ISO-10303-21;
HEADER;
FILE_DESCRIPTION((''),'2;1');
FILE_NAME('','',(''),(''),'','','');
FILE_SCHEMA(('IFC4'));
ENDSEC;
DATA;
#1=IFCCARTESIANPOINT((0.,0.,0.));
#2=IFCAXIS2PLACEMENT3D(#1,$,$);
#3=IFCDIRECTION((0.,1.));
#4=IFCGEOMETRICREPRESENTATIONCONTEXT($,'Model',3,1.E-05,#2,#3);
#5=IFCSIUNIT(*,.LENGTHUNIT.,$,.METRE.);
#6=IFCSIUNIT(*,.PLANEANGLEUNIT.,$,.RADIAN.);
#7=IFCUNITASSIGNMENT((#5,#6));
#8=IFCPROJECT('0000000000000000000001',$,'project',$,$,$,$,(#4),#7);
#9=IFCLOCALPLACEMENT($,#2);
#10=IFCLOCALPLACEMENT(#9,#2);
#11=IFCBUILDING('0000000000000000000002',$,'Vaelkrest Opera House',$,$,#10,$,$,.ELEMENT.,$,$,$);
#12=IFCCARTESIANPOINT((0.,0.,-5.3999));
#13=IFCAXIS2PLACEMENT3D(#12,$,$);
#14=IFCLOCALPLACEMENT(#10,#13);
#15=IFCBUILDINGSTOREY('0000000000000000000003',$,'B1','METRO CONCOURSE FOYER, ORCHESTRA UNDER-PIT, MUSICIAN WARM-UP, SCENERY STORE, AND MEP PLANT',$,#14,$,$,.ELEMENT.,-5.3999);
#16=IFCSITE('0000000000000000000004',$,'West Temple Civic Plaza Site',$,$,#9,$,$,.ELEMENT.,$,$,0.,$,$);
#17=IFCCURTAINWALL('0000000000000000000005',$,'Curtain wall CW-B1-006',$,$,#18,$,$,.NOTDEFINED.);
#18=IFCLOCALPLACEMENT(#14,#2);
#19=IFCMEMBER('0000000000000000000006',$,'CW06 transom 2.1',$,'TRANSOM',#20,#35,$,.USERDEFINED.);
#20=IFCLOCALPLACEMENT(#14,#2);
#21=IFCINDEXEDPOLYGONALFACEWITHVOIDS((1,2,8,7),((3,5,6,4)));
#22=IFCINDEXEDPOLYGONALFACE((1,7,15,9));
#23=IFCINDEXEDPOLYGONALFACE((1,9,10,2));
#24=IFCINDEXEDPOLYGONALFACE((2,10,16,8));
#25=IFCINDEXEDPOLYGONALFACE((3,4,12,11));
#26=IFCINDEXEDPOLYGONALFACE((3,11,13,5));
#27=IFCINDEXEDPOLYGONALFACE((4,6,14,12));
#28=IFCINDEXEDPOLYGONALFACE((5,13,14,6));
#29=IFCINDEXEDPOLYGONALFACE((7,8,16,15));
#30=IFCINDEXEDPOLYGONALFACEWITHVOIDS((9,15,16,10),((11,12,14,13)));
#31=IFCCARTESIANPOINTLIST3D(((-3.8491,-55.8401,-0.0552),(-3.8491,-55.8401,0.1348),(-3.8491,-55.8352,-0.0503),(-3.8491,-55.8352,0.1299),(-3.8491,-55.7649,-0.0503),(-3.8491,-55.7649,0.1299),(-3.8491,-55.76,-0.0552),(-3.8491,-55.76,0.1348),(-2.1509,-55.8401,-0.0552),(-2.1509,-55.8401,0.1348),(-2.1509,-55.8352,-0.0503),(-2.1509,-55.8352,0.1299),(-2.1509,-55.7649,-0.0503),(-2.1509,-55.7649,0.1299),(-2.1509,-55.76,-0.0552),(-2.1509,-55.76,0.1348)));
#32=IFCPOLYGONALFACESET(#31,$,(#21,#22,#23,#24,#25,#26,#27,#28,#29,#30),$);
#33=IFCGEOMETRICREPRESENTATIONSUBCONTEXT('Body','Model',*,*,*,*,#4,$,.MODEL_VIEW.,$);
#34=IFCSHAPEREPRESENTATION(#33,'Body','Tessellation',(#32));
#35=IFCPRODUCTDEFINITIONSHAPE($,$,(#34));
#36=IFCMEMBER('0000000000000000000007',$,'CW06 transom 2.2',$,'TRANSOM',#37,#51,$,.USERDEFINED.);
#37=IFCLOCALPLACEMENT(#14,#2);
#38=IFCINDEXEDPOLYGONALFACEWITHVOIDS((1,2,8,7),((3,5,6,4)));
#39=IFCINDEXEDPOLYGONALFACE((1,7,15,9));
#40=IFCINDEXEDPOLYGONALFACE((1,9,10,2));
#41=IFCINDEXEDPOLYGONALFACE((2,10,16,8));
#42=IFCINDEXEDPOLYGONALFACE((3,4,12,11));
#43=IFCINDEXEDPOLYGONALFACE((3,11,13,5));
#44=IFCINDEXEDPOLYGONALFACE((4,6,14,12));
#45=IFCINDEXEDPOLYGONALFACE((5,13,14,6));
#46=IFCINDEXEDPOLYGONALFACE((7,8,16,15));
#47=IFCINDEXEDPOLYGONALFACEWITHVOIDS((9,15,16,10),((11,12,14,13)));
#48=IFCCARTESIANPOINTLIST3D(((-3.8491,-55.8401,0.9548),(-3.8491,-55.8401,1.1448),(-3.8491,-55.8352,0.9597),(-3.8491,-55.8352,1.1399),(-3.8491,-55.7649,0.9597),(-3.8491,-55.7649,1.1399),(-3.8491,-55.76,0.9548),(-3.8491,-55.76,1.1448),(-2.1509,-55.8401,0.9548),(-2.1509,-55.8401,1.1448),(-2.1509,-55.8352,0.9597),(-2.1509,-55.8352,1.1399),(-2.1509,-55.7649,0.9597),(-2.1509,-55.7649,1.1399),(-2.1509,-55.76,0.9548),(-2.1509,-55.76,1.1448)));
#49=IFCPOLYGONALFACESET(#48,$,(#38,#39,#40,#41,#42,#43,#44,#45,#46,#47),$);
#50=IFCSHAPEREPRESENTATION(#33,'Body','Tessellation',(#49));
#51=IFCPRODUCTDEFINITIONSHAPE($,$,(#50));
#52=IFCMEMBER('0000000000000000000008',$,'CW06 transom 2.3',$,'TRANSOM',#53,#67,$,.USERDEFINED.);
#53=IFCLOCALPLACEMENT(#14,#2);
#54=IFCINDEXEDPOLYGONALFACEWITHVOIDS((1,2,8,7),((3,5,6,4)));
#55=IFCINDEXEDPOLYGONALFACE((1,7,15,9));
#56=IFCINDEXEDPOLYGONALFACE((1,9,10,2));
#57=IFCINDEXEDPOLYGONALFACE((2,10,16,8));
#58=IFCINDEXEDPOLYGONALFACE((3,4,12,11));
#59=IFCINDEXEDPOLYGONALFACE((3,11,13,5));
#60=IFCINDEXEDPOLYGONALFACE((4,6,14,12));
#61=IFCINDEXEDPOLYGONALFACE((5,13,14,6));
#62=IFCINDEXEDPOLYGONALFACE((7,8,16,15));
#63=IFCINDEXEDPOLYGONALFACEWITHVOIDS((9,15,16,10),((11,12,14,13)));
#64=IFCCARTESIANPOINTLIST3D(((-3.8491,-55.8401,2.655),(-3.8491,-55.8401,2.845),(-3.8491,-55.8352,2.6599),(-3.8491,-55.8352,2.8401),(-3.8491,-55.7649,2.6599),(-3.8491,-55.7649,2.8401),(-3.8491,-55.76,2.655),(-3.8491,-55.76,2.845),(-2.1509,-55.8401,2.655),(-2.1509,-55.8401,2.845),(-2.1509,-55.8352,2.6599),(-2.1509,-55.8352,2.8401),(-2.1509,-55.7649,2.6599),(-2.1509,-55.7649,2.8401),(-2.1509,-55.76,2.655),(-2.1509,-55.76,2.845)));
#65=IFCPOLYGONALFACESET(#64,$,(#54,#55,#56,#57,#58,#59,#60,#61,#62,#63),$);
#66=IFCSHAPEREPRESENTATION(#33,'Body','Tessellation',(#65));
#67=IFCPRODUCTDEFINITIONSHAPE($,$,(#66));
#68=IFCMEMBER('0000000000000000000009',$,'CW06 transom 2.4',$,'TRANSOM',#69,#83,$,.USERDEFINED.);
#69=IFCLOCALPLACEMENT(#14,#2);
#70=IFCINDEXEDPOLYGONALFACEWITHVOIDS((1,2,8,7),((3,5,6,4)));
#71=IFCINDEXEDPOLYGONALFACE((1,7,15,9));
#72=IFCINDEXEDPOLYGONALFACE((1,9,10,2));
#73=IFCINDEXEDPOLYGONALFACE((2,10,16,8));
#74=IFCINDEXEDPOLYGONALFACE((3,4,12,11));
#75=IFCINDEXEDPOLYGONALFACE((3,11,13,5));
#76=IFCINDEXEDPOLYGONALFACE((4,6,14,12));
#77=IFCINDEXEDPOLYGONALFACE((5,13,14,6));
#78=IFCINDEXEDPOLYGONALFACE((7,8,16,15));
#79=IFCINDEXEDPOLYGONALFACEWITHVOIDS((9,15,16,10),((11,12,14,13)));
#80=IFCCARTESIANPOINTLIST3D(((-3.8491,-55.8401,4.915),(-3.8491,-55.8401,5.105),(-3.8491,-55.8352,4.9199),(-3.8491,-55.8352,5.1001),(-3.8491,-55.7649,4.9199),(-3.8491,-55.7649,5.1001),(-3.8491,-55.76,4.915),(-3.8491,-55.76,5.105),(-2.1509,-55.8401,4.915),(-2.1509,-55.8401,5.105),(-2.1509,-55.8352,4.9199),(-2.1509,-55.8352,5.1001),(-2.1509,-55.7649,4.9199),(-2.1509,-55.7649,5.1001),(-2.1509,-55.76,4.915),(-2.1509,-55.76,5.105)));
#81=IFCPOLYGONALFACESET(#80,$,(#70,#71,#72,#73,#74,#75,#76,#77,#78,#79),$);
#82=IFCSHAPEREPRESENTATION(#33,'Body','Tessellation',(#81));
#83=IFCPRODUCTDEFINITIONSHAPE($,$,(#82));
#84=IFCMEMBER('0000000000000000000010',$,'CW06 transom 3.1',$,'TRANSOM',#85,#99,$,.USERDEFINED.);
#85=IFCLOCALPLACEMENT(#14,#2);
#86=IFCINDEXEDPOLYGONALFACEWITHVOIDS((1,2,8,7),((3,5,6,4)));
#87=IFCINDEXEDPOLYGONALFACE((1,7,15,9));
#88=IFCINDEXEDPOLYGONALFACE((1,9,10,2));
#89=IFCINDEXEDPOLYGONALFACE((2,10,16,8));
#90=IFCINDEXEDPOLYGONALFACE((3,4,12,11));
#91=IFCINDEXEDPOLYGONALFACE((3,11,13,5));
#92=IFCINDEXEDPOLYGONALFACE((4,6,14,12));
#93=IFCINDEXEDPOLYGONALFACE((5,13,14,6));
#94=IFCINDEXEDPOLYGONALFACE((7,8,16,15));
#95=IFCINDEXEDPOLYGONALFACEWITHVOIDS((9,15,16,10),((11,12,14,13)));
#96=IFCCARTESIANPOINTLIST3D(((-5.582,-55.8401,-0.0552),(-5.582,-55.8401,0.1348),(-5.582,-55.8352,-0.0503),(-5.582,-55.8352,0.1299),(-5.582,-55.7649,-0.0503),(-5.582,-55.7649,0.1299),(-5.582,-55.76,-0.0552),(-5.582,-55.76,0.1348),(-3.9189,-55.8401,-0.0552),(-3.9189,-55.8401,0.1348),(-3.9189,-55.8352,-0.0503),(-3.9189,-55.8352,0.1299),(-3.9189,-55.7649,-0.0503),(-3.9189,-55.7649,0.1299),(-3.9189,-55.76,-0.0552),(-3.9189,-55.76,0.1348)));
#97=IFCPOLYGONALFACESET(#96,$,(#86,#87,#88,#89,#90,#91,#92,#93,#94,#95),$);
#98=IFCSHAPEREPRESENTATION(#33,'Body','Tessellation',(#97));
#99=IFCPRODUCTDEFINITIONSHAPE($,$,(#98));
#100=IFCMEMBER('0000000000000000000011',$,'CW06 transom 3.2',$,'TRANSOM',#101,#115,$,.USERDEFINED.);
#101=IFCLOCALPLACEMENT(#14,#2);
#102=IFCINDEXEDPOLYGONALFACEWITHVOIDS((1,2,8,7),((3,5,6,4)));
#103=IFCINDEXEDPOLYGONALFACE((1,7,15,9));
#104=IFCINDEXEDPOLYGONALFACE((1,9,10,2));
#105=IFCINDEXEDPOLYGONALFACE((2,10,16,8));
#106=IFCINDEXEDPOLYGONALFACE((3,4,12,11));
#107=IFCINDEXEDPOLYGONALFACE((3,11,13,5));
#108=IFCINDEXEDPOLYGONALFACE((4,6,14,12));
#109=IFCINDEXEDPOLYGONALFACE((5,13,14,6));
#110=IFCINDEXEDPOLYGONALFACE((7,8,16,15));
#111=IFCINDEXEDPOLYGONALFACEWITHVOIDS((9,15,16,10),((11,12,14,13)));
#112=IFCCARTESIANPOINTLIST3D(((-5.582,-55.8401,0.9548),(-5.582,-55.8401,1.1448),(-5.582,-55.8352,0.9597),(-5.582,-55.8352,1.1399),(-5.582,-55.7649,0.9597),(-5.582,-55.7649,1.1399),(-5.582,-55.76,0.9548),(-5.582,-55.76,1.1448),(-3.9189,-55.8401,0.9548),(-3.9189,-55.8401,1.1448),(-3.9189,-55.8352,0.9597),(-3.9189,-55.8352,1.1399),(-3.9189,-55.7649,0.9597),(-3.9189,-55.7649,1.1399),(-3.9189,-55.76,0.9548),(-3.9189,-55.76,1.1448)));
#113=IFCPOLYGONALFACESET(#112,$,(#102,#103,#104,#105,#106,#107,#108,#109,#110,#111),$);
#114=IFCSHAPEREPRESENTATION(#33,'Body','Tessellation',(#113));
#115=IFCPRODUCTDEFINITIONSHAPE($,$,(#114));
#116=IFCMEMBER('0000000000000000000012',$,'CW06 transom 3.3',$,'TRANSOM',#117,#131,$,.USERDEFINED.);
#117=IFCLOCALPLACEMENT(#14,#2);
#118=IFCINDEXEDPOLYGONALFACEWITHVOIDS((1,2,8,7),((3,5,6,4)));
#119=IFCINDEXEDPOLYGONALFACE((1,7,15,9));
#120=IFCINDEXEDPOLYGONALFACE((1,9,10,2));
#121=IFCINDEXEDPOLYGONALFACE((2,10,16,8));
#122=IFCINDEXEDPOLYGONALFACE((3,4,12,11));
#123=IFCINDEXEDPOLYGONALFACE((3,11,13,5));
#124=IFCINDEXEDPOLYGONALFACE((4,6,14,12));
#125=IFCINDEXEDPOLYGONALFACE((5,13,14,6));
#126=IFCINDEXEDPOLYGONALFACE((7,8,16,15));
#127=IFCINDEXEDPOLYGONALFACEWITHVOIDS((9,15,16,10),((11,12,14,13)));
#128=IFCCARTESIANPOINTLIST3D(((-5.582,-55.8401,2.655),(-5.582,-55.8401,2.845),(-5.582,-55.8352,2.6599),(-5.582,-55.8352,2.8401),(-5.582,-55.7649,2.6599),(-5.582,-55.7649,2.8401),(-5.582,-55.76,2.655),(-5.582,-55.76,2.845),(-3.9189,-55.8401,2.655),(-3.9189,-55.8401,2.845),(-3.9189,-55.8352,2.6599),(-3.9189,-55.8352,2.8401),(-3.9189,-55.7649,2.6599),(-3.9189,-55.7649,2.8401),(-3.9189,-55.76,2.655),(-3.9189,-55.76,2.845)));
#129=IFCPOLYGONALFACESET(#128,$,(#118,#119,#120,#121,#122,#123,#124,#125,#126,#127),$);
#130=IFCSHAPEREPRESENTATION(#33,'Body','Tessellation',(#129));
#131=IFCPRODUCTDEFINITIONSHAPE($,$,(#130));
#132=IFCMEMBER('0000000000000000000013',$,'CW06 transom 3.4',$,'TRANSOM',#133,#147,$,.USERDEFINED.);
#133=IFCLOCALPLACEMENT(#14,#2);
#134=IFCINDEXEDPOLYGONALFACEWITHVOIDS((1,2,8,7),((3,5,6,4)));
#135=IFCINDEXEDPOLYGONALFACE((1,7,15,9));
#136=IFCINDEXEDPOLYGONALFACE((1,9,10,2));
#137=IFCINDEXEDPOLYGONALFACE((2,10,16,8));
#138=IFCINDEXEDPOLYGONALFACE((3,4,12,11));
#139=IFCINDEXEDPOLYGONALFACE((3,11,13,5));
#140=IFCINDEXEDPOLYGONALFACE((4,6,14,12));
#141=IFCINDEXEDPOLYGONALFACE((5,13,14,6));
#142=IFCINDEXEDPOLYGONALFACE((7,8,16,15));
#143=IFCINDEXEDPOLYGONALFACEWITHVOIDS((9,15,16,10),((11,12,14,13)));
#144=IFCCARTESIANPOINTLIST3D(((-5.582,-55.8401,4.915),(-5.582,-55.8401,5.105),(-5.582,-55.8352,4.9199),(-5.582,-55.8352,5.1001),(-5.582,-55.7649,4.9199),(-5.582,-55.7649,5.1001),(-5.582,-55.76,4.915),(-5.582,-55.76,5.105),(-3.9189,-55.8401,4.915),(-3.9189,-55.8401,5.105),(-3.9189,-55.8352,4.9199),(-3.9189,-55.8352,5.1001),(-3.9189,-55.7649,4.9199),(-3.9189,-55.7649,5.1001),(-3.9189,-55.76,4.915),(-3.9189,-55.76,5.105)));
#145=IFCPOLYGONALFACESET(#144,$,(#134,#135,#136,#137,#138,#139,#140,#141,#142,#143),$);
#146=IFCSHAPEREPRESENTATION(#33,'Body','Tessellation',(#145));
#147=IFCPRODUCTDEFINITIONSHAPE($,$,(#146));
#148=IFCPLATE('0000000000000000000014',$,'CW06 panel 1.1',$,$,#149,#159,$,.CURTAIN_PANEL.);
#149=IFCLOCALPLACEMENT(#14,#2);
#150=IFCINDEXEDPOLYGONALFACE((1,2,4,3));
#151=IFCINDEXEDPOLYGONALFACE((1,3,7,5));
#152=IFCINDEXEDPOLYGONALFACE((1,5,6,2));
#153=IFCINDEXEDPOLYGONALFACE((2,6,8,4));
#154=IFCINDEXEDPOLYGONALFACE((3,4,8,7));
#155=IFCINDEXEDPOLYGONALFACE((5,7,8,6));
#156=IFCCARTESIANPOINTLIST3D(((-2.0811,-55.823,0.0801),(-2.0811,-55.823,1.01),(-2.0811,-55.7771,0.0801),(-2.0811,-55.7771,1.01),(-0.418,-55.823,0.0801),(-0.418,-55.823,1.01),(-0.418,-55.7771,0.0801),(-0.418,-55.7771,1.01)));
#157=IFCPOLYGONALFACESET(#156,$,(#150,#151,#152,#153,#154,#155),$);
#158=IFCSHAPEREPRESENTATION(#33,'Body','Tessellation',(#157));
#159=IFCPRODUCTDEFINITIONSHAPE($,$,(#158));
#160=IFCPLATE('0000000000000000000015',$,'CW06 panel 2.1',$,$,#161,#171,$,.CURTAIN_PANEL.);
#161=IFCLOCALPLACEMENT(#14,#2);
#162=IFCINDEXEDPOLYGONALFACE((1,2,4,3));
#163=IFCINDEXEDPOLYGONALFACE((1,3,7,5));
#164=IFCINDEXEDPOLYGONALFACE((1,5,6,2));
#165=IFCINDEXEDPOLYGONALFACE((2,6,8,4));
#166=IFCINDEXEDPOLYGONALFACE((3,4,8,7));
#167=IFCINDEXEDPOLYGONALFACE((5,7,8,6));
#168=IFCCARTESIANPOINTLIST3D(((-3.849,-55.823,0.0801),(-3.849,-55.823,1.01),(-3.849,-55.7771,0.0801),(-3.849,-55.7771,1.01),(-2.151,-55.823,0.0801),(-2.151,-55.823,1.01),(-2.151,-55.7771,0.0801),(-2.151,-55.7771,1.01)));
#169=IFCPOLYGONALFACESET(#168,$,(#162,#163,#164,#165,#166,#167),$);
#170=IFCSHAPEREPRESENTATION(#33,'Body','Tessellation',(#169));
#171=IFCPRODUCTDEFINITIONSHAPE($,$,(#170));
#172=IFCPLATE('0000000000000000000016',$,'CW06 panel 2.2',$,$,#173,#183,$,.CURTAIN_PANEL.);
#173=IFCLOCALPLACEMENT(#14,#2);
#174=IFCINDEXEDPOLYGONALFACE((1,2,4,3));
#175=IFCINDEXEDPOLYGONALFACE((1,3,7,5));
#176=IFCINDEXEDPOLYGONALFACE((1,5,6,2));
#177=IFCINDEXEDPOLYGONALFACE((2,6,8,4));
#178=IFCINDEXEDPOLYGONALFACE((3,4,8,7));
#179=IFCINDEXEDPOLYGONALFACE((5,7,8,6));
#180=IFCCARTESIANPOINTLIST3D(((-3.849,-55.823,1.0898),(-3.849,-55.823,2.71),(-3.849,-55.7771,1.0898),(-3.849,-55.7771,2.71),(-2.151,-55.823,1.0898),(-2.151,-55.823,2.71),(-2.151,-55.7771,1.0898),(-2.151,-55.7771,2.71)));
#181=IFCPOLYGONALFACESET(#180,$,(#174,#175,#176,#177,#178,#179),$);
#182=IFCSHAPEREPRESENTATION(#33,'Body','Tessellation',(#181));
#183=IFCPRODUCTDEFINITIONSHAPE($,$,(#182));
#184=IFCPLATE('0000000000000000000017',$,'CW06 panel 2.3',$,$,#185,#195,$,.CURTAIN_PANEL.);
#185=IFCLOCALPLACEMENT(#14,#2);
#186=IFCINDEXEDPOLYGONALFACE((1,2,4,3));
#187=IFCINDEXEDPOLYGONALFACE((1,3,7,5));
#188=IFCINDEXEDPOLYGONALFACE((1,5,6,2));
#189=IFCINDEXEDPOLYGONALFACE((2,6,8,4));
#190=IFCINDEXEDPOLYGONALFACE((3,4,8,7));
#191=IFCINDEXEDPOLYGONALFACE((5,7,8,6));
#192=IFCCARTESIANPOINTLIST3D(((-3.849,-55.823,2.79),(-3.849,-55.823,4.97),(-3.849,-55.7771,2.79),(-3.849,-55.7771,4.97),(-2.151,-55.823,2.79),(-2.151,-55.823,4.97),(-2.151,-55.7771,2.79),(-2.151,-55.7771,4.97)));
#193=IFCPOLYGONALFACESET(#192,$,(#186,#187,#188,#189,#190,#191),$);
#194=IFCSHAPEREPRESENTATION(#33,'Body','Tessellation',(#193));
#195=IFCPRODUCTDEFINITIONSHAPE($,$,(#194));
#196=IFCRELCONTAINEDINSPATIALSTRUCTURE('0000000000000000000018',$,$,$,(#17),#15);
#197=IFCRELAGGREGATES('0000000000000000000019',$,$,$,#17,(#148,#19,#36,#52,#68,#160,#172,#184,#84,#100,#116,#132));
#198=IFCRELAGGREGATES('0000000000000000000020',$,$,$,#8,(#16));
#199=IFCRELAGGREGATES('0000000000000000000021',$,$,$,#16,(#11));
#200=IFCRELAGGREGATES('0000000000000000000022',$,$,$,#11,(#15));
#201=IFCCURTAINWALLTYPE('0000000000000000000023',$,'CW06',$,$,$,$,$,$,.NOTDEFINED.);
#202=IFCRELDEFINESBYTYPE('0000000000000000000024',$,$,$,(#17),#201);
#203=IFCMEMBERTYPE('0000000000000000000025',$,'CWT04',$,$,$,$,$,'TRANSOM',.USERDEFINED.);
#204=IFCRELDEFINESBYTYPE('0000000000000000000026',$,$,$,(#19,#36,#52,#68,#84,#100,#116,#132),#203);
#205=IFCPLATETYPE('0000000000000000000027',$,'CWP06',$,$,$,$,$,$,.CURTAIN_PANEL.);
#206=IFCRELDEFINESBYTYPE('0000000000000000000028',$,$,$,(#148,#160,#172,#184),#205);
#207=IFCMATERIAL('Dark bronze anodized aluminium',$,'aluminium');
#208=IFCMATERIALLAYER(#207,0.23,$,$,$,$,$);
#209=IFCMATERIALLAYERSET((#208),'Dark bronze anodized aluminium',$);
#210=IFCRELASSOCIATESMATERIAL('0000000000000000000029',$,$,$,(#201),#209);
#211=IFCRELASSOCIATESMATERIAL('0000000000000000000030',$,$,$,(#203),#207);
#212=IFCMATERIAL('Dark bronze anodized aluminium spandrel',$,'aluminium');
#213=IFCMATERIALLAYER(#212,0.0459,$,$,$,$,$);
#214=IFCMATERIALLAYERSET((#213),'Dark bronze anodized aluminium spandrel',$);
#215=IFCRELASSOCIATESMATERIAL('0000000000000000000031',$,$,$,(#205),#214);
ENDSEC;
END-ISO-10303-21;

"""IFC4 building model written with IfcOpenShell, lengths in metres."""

from ifc_helpers import new_model, si_unit, direction, frame, origin, origin_2d, place, context, subcontext, project, spatial, rectangle, hollow_rectangle, extrude, material, layer, layer_set, material_profile, profile_set, type_object, element, aggregate, save


model = new_model("IFC4")

# Units and contexts
model_context = context("Model", 3, precision=1e-05, world=origin(), true_north=direction((0.0, 1.0)))
body_context = subcontext(model_context, "Body", "Model", "MODEL_VIEW")
ifc_project = project(units=[si_unit("LENGTHUNIT", "METRE"), si_unit("PLANEANGLEUNIT", "RADIAN")], contexts=[model_context])

# Site, building, storey
site_placement = place(None, origin())
site = spatial("IfcSite", under=ifc_project, at=site_placement, Name="West Temple Civic Plaza Site", CompositionType="ELEMENT", RefElevation=0.0)
building_placement = place(site_placement, origin())
building = spatial("IfcBuilding", under=site, at=building_placement, Name="Vaelkrest Opera House", CompositionType="ELEMENT")
storey_placement = place(building_placement, frame((0.0, 0.0, -5.3999)))
storey = spatial("IfcBuildingStorey", under=building, at=storey_placement, Name="B1", Description="METRO CONCOURSE FOYER, ORCHESTRA UNDER-PIT, MUSICIAN WARM-UP, SCENERY STORE, AND MEP PLANT", CompositionType="ELEMENT", Elevation=-5.3999)

# Curtain wall, members, plates
ifc_material_1 = material(Name="Dark bronze anodized aluminium", Category="aluminium")
ifc_layer_1 = layer(ifc_material_1, 0.23)
ifc_layer_set_1 = layer_set([ifc_layer_1], Name="Dark bronze anodized aluminium")
curtain_wall_type = type_object("IfcCurtainWallType", Name="CW06", PredefinedType="NOTDEFINED", material=ifc_layer_set_1)
curtain_wall_placement = place(storey_placement, origin())
curtain_wall = element("IfcCurtainWall", 1, at=curtain_wall_placement, inside=storey, type_object=curtain_wall_type, Name="Curtain wall CW-B1-006", PredefinedType="NOTDEFINED")
ifc_material_profile_1 = material_profile(ifc_material_1, hollow_rectangle(XDim=0.0801, YDim=0.1899, WallThickness=0.0049, at=origin_2d()), Name="CWT80X190")
ifc_profile_set_1 = profile_set([ifc_material_profile_1], Name="Dark bronze anodized aluminium")
member_type_1 = type_object("IfcMemberType", Name="CWT04", ElementType="TRANSOM", PredefinedType="USERDEFINED", material=ifc_profile_set_1)
member_1_placement = place(storey_placement, frame((-2.1509, -55.8, 0.0398), z_axis=(-1.0, 0.0, 0.0), x_axis=(0.0, -1.0, 0.0)))
member_1 = element("IfcMember", 2, at=member_1_placement, type_object=member_type_1, Name="CW06 transom 2.1", ObjectType="TRANSOM", PredefinedType="USERDEFINED", context=body_context, shape_type="SweptSolid", body=[
    extrude(hollow_rectangle(XDim=0.0801, YDim=0.1899, WallThickness=0.0049, at=origin_2d()), origin(), (0.0, 0.0, 1.0), 1.6982),
])
member_2_placement = place(storey_placement, frame((-2.1509, -55.8, 1.0498), z_axis=(-1.0, 0.0, 0.0), x_axis=(0.0, -1.0, 0.0)))
member_2 = element("IfcMember", 3, at=member_2_placement, type_object=member_type_1, Name="CW06 transom 2.2", ObjectType="TRANSOM", PredefinedType="USERDEFINED", context=body_context, shape_type="SweptSolid", body=[
    extrude(hollow_rectangle(XDim=0.0801, YDim=0.1899, WallThickness=0.0049, at=origin_2d()), origin(), (0.0, 0.0, 1.0), 1.6982),
])
member_3_placement = place(storey_placement, frame((-2.1509, -55.8, 2.75), z_axis=(-1.0, 0.0, 0.0), x_axis=(0.0, -1.0, 0.0)))
member_3 = element("IfcMember", 4, at=member_3_placement, type_object=member_type_1, Name="CW06 transom 2.3", ObjectType="TRANSOM", PredefinedType="USERDEFINED", context=body_context, shape_type="SweptSolid", body=[
    extrude(hollow_rectangle(XDim=0.0801, YDim=0.1899, WallThickness=0.0049, at=origin_2d()), origin(), (0.0, 0.0, 1.0), 1.6982),
])
member_4_placement = place(storey_placement, frame((-2.1509, -55.8, 5.01), z_axis=(-1.0, 0.0, 0.0), x_axis=(0.0, -1.0, 0.0)))
member_4 = element("IfcMember", 5, at=member_4_placement, type_object=member_type_1, Name="CW06 transom 2.4", ObjectType="TRANSOM", PredefinedType="USERDEFINED", context=body_context, shape_type="SweptSolid", body=[
    extrude(hollow_rectangle(XDim=0.0801, YDim=0.1899, WallThickness=0.0049, at=origin_2d()), origin(), (0.0, 0.0, 1.0), 1.6982),
])
member_5_placement = place(storey_placement, frame((-3.9189, -55.8, 0.0398), z_axis=(-1.0, 0.0, 0.0), x_axis=(0.0, -1.0, 0.0)))
member_5 = element("IfcMember", 6, at=member_5_placement, type_object=member_type_1, Name="CW06 transom 3.1", ObjectType="TRANSOM", PredefinedType="USERDEFINED", context=body_context, shape_type="SweptSolid", body=[
    extrude(hollow_rectangle(XDim=0.0801, YDim=0.1899, WallThickness=0.0049, at=origin_2d()), origin(), (0.0, 0.0, 1.0), 1.6631),
])
member_6_placement = place(storey_placement, frame((-3.9189, -55.8, 1.0498), z_axis=(-1.0, 0.0, 0.0), x_axis=(0.0, -1.0, 0.0)))
member_6 = element("IfcMember", 7, at=member_6_placement, type_object=member_type_1, Name="CW06 transom 3.2", ObjectType="TRANSOM", PredefinedType="USERDEFINED", context=body_context, shape_type="SweptSolid", body=[
    extrude(hollow_rectangle(XDim=0.0801, YDim=0.1899, WallThickness=0.0049, at=origin_2d()), origin(), (0.0, 0.0, 1.0), 1.6631),
])
member_7_placement = place(storey_placement, frame((-3.9189, -55.8, 2.75), z_axis=(-1.0, 0.0, 0.0), x_axis=(0.0, -1.0, 0.0)))
member_7 = element("IfcMember", 8, at=member_7_placement, type_object=member_type_1, Name="CW06 transom 3.3", ObjectType="TRANSOM", PredefinedType="USERDEFINED", context=body_context, shape_type="SweptSolid", body=[
    extrude(hollow_rectangle(XDim=0.0801, YDim=0.1899, WallThickness=0.0049, at=origin_2d()), origin(), (0.0, 0.0, 1.0), 1.6631),
])
member_8_placement = place(storey_placement, frame((-3.9189, -55.8, 5.01), z_axis=(-1.0, 0.0, 0.0), x_axis=(0.0, -1.0, 0.0)))
member_8 = element("IfcMember", 9, at=member_8_placement, type_object=member_type_1, Name="CW06 transom 3.4", ObjectType="TRANSOM", PredefinedType="USERDEFINED", context=body_context, shape_type="SweptSolid", body=[
    extrude(hollow_rectangle(XDim=0.0801, YDim=0.1899, WallThickness=0.0049, at=origin_2d()), origin(), (0.0, 0.0, 1.0), 1.6631),
])
ifc_material_2 = material(Name="Dark bronze anodized aluminium spandrel", Category="aluminium")
ifc_layer_2 = layer(ifc_material_2, 0.0459)
ifc_layer_set_2 = layer_set([ifc_layer_2], Name="Dark bronze anodized aluminium spandrel")
plate_type = type_object("IfcPlateType", Name="CWP06", PredefinedType="CURTAIN_PANEL", material=ifc_layer_set_2)
plate_1_placement = place(storey_placement, frame((-1.2495, -55.8, 0.0801), z_axis=(0.0, 0.0, 1.0), x_axis=(-1.0, 0.0, 0.0)))
plate_1 = element("IfcPlate", 10, at=plate_1_placement, type_object=plate_type, Name="CW06 panel 1.1", PredefinedType="CURTAIN_PANEL", context=body_context, shape_type="SweptSolid", body=[
    extrude(rectangle(XDim=1.6631, YDim=0.0459, at=origin_2d()), origin(), (0.0, 0.0, 1.0), 0.9299),
])
plate_2_placement = place(storey_placement, frame((-3.0, -55.8, 0.0801), z_axis=(0.0, 0.0, 1.0), x_axis=(-1.0, 0.0, 0.0)))
plate_2 = element("IfcPlate", 11, at=plate_2_placement, type_object=plate_type, Name="CW06 panel 2.1", PredefinedType="CURTAIN_PANEL", context=body_context, shape_type="SweptSolid", body=[
    extrude(rectangle(XDim=1.698, YDim=0.0459, at=origin_2d()), origin(), (0.0, 0.0, 1.0), 0.9299),
])
plate_3_placement = place(storey_placement, frame((-3.0, -55.8, 1.0898), z_axis=(0.0, 0.0, 1.0), x_axis=(-1.0, 0.0, 0.0)))
plate_3 = element("IfcPlate", 12, at=plate_3_placement, type_object=plate_type, Name="CW06 panel 2.2", PredefinedType="CURTAIN_PANEL", context=body_context, shape_type="SweptSolid", body=[
    extrude(rectangle(XDim=1.698, YDim=0.0459, at=origin_2d()), origin(), (0.0, 0.0, 1.0), 1.6201),
])
plate_4_placement = place(storey_placement, frame((-3.0, -55.8, 2.79), z_axis=(0.0, 0.0, 1.0), x_axis=(-1.0, 0.0, 0.0)))
plate_4 = element("IfcPlate", 13, at=plate_4_placement, type_object=plate_type, Name="CW06 panel 2.3", PredefinedType="CURTAIN_PANEL", context=body_context, shape_type="SweptSolid", body=[
    extrude(rectangle(XDim=1.698, YDim=0.0459, at=origin_2d()), origin(), (0.0, 0.0, 1.0), 2.1799),
])
aggregate(curtain_wall, [plate_1, member_1, member_2, member_3, member_4, plate_2, plate_3, plate_4, member_5, member_6, member_7, member_8])

save(model, "model.ifc")
